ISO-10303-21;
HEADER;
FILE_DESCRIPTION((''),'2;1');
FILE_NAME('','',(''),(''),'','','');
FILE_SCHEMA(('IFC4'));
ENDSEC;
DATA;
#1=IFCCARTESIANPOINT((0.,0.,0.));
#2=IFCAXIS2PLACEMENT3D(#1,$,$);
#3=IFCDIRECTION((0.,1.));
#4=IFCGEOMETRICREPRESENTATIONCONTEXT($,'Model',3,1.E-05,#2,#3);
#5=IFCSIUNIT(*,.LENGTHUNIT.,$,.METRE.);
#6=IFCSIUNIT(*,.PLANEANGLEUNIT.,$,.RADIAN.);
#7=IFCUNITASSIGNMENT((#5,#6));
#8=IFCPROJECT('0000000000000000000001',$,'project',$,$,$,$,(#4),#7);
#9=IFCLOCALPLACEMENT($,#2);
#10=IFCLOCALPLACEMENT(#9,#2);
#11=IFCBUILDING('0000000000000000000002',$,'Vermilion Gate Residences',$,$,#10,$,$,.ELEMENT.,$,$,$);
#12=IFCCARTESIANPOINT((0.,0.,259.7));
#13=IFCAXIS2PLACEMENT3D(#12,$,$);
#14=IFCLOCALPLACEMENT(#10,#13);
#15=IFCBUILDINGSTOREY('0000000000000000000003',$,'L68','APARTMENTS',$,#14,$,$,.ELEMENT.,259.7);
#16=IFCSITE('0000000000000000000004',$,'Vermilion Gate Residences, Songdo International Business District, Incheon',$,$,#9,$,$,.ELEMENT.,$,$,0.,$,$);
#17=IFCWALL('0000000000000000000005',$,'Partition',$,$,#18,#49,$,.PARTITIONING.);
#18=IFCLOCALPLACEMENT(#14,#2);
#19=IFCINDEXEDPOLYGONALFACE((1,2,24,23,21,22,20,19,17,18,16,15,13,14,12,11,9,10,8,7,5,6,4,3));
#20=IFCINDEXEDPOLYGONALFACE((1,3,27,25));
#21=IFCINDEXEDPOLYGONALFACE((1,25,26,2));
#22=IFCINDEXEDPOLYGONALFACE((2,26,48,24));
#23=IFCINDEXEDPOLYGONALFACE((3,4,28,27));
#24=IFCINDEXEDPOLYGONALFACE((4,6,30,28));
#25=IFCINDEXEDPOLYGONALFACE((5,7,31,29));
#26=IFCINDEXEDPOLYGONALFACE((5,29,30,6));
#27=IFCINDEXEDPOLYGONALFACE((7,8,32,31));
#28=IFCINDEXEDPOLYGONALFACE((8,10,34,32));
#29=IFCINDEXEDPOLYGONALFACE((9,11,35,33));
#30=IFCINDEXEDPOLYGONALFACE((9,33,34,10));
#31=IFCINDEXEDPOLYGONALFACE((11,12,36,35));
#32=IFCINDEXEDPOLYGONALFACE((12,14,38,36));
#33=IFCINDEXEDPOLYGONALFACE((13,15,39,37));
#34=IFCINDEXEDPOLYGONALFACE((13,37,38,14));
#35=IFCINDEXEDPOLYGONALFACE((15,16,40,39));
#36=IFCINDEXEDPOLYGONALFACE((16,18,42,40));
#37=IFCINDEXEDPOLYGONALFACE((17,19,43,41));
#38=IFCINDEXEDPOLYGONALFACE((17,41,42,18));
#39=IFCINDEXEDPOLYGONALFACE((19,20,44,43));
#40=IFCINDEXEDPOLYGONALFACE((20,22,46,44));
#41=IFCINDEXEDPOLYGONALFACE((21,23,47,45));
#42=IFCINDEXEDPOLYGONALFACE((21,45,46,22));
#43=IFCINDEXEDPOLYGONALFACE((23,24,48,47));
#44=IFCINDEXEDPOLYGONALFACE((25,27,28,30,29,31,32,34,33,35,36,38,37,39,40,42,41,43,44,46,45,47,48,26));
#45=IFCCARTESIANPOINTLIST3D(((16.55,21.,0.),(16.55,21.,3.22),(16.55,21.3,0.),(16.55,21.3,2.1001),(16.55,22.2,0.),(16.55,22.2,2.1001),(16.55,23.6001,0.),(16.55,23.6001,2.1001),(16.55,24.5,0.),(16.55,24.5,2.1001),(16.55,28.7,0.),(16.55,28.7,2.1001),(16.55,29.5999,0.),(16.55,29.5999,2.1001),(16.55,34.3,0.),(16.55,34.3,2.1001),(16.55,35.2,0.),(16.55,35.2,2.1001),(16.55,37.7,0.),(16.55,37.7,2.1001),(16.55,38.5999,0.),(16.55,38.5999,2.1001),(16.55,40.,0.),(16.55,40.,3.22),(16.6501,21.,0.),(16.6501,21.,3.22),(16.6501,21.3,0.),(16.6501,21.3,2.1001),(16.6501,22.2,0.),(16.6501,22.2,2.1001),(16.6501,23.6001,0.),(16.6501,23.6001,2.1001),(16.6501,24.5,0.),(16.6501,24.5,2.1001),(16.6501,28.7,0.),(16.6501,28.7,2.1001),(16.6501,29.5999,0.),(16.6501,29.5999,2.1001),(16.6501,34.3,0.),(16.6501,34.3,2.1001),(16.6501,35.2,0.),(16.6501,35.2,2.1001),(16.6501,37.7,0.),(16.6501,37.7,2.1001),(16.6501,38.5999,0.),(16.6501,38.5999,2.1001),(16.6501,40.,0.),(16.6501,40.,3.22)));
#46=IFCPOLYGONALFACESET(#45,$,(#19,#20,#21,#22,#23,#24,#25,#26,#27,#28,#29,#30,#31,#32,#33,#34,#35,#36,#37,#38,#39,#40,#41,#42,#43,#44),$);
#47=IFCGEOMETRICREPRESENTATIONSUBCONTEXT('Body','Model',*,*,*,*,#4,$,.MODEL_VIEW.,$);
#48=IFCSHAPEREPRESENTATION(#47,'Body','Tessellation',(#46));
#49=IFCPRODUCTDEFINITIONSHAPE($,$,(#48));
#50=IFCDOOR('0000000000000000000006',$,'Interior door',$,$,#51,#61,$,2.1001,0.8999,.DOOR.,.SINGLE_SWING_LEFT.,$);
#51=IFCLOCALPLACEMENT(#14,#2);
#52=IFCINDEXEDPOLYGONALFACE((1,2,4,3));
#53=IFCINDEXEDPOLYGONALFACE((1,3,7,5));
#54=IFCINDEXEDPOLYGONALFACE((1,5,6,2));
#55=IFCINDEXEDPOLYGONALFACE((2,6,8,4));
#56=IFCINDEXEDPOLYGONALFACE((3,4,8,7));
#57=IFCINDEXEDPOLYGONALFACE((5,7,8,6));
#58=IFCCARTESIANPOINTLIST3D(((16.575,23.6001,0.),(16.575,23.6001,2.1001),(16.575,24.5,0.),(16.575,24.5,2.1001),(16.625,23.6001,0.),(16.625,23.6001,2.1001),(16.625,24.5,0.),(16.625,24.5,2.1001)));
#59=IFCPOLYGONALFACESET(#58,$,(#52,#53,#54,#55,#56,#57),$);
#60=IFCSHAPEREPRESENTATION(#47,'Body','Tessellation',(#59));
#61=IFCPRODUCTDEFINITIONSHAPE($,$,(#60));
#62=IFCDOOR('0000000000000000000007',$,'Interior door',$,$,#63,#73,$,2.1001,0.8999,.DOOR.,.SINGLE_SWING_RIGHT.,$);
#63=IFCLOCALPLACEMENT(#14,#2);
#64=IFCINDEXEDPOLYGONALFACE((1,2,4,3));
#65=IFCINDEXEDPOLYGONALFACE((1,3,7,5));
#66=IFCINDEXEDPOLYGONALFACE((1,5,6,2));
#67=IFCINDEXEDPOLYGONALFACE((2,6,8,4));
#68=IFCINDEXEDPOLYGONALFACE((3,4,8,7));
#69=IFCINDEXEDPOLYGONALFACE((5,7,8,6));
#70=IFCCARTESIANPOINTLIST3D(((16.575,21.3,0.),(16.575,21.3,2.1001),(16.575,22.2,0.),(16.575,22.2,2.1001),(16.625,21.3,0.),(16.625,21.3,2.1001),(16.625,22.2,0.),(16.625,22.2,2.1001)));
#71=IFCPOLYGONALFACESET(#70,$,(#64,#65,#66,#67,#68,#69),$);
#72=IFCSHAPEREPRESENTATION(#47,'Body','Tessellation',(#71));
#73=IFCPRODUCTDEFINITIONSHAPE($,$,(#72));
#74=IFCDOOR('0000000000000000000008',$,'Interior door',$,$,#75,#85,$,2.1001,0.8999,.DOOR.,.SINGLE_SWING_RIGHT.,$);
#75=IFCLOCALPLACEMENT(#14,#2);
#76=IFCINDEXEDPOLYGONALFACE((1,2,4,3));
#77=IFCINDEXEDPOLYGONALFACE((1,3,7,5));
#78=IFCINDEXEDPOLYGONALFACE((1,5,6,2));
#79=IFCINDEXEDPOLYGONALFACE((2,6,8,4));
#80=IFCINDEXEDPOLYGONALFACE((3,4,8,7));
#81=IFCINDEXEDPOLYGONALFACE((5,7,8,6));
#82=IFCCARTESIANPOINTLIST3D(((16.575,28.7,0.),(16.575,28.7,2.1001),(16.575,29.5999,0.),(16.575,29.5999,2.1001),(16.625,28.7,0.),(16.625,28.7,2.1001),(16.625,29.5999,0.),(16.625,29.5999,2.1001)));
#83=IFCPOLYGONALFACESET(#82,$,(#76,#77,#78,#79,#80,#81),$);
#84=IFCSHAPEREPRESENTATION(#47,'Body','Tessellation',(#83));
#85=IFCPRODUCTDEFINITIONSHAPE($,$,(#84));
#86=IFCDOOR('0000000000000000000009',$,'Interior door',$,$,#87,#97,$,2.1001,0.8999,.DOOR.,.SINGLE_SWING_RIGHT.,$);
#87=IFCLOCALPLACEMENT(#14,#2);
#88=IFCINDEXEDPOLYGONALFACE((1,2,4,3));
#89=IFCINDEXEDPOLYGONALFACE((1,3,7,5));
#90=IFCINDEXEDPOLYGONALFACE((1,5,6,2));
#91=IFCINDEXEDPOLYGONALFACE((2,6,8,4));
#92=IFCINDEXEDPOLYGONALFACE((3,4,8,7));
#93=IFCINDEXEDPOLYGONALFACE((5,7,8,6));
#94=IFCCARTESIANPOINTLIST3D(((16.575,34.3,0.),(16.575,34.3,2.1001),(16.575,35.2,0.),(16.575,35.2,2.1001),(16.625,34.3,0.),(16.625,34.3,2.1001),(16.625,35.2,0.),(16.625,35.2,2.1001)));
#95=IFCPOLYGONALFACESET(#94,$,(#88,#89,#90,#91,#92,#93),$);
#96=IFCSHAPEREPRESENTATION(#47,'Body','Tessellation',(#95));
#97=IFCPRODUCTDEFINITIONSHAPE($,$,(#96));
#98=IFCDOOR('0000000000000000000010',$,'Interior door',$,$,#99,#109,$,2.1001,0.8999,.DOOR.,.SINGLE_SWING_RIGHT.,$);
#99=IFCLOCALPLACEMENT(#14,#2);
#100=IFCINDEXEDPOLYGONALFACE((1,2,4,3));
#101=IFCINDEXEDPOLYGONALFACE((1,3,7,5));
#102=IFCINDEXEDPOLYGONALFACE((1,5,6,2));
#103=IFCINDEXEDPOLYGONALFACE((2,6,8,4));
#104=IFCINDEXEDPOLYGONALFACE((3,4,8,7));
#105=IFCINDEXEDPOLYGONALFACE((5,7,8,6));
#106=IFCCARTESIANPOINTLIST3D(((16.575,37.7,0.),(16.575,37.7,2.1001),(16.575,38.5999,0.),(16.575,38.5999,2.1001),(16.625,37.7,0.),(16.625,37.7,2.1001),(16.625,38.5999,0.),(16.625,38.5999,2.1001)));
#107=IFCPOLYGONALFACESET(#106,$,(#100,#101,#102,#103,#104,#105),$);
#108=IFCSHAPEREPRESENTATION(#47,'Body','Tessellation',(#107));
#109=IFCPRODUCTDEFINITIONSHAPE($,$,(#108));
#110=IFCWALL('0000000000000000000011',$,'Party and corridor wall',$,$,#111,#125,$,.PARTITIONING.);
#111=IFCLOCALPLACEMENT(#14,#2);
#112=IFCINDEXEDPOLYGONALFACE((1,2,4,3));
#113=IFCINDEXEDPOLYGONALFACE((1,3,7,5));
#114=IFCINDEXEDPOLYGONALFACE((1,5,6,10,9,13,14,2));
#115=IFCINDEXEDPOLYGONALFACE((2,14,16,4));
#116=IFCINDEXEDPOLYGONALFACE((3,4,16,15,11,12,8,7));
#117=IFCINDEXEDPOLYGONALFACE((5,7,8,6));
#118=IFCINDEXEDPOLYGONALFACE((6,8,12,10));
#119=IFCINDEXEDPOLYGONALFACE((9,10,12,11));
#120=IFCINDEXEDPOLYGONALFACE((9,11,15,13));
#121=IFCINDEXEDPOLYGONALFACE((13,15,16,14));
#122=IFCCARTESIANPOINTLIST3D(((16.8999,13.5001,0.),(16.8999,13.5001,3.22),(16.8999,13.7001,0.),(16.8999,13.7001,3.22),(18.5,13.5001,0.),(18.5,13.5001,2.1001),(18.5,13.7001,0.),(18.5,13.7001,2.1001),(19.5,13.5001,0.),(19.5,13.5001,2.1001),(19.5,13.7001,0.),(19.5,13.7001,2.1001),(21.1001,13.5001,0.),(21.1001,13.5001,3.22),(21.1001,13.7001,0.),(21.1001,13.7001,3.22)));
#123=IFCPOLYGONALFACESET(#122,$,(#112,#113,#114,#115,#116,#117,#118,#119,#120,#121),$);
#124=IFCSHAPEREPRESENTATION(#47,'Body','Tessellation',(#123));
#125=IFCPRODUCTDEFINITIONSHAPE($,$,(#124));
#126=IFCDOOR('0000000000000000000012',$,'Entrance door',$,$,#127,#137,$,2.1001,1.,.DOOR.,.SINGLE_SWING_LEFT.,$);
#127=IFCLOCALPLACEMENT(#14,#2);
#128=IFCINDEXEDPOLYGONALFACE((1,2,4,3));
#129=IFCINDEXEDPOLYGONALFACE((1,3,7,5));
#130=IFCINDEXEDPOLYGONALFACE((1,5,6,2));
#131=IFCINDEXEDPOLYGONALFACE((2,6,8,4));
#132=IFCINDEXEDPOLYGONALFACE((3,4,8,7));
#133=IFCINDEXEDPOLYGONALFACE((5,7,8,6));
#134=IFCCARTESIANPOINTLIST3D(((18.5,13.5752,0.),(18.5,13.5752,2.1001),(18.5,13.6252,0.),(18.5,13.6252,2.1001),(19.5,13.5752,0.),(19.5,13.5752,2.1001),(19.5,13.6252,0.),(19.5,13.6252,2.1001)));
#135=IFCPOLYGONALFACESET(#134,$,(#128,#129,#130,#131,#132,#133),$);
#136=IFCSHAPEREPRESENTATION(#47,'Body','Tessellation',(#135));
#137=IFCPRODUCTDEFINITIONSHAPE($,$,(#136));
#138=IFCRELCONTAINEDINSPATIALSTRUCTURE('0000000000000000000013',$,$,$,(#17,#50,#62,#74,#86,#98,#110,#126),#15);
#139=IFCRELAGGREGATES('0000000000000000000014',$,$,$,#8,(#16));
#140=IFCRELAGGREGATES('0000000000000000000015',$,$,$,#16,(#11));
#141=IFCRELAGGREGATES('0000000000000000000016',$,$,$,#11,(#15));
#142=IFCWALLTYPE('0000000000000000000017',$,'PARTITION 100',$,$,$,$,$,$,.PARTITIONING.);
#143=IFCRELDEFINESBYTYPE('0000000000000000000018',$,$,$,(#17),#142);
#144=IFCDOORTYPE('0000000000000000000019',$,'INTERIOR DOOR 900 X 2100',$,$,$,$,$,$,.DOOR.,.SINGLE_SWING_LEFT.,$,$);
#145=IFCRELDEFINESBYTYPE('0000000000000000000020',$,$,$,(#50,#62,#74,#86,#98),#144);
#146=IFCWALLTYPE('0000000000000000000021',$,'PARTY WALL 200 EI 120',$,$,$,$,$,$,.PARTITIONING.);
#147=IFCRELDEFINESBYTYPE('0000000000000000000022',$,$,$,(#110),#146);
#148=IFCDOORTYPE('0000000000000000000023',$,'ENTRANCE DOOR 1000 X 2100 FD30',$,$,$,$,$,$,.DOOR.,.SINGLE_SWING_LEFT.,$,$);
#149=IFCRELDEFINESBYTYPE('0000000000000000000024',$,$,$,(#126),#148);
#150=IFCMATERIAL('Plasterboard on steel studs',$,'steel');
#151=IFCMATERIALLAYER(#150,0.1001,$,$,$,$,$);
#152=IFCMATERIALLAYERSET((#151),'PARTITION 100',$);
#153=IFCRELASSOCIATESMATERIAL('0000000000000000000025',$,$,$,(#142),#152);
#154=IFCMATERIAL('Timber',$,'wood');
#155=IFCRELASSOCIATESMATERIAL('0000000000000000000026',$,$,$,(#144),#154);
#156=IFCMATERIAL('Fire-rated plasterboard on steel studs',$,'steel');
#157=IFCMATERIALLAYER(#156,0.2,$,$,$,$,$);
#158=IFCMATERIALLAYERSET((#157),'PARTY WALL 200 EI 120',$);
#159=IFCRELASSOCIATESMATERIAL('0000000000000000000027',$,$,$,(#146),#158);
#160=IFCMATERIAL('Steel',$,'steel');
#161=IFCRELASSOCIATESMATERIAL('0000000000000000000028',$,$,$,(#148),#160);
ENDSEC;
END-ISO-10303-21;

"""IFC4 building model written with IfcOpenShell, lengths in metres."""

from ifc_helpers import new_model, si_unit, direction, frame, frame_2d, origin, place, context, subcontext, project, spatial, rectangle, extrude, material, layer, layer_set, type_object, element, fill, save


model = new_model("IFC4")

# Units and contexts
model_context = context("Model", 3, precision=1e-05, world=origin(), true_north=direction((0.0, 1.0)))
body_context = subcontext(model_context, "Body", "Model", "MODEL_VIEW")
ifc_project = project(units=[si_unit("LENGTHUNIT", "METRE"), si_unit("PLANEANGLEUNIT", "RADIAN")], contexts=[model_context])

# Site, building, storey
site_placement = place(None, origin())
site = spatial("IfcSite", under=ifc_project, at=site_placement, Name="Vermilion Gate Residences, Songdo International Business District, Incheon", CompositionType="ELEMENT", RefElevation=0.0)
building_placement = place(site_placement, origin())
building = spatial("IfcBuilding", under=site, at=building_placement, Name="Vermilion Gate Residences", CompositionType="ELEMENT")
storey_placement = place(building_placement, frame((0.0, 0.0, 259.7)))
storey = spatial("IfcBuildingStorey", under=building, at=storey_placement, Name="L68", Description="APARTMENTS", CompositionType="ELEMENT", Elevation=259.7)

# Wall, openings, doors
ifc_material_1 = material(Name="Plasterboard on steel studs", Category="steel")
ifc_layer_1 = layer(ifc_material_1, 0.1001)
ifc_layer_set_1 = layer_set([ifc_layer_1], Name="PARTITION 100")
wall_type_1 = type_object("IfcWallType", Name="PARTITION 100", PredefinedType="PARTITIONING", material=ifc_layer_set_1)
ifc_material_2 = material(Name="Timber", Category="wood")
door_type_1 = type_object("IfcDoorType", Name="INTERIOR DOOR 900 X 2100", OperationType="SINGLE_SWING_LEFT", PredefinedType="DOOR", material=ifc_material_2)
wall_1_placement = place(storey_placement, frame((16.6001, 21.0, 0.0), z_axis=(0.0, 0.0, 1.0), x_axis=(0.0, 1.0, 0.0)))
wall_1 = element("IfcWall", 1, at=wall_1_placement, inside=storey, type_object=wall_type_1, Name="Partition", PredefinedType="PARTITIONING", context=body_context, shape_type="SweptSolid", body=[
    extrude(rectangle(XDim=19.0, YDim=0.1001, at=frame_2d((9.5, 0.0))), origin(), (0.0, 0.0, 1.0), 3.22),
])
opening_1_placement = place(wall_1_placement, frame((2.6001, 0.0, 0.0)))
opening_1 = element("IfcOpeningElement", 2, at=opening_1_placement, cuts=wall_1, PredefinedType="OPENING", context=body_context, shape_type="SweptSolid", body=[
    extrude(rectangle(XDim=0.8999, YDim=2.1001, at=frame_2d((0.45, 1.05))), frame((0.0, 0.0601, 0.0), z_axis=(0.0, -1.0, 0.0), x_axis=(1.0, 0.0, 0.0)), (0.0, 0.0, 1.0), 0.1201),
])
opening_2_placement = place(wall_1_placement, frame((0.3, 0.0, 0.0)))
opening_2 = element("IfcOpeningElement", 3, at=opening_2_placement, cuts=wall_1, PredefinedType="OPENING", context=body_context, shape_type="SweptSolid", body=[
    extrude(rectangle(XDim=0.8999, YDim=2.1001, at=frame_2d((0.45, 1.05))), frame((0.0, 0.0601, 0.0), z_axis=(0.0, -1.0, 0.0), x_axis=(1.0, 0.0, 0.0)), (0.0, 0.0, 1.0), 0.1201),
])
opening_3_placement = place(wall_1_placement, frame((7.7, 0.0, 0.0)))
opening_3 = element("IfcOpeningElement", 4, at=opening_3_placement, cuts=wall_1, PredefinedType="OPENING", context=body_context, shape_type="SweptSolid", body=[
    extrude(rectangle(XDim=0.8999, YDim=2.1001, at=frame_2d((0.45, 1.05))), frame((0.0, 0.0601, 0.0), z_axis=(0.0, -1.0, 0.0), x_axis=(1.0, 0.0, 0.0)), (0.0, 0.0, 1.0), 0.1201),
])
opening_4_placement = place(wall_1_placement, frame((13.3, 0.0, 0.0)))
opening_4 = element("IfcOpeningElement", 5, at=opening_4_placement, cuts=wall_1, PredefinedType="OPENING", context=body_context, shape_type="SweptSolid", body=[
    extrude(rectangle(XDim=0.8999, YDim=2.1001, at=frame_2d((0.45, 1.05))), frame((0.0, 0.0601, 0.0), z_axis=(0.0, -1.0, 0.0), x_axis=(1.0, 0.0, 0.0)), (0.0, 0.0, 1.0), 0.1201),
])
opening_5_placement = place(wall_1_placement, frame((16.7, 0.0, 0.0)))
opening_5 = element("IfcOpeningElement", 6, at=opening_5_placement, cuts=wall_1, PredefinedType="OPENING", context=body_context, shape_type="SweptSolid", body=[
    extrude(rectangle(XDim=0.8999, YDim=2.1001, at=frame_2d((0.45, 1.05))), frame((0.0, 0.0601, 0.0), z_axis=(0.0, -1.0, 0.0), x_axis=(1.0, 0.0, 0.0)), (0.0, 0.0, 1.0), 0.1201),
])
door_1_placement = place(opening_1_placement, frame((0.8999, 0.0, 0.0), z_axis=(0.0, 0.0, 1.0), x_axis=(-1.0, 0.0, 0.0)))
door_1 = element("IfcDoor", 7, at=door_1_placement, inside=storey, type_object=door_type_1, Name="Interior door", OperationType="SINGLE_SWING_LEFT", OverallHeight=2.1001, OverallWidth=0.8999, PredefinedType="DOOR", context=body_context, shape_type="SweptSolid", body=[
    extrude(rectangle(XDim=0.8999, YDim=2.1001, at=frame_2d((0.45, 1.05))), frame((0.0, 0.0249, 0.0), z_axis=(0.0, -1.0, 0.0), x_axis=(1.0, 0.0, 0.0)), (0.0, 0.0, 1.0), 0.05),
])
fill(opening_1, door_1)
door_2_placement = place(opening_2_placement, frame((0.8999, 0.0, 0.0), z_axis=(0.0, 0.0, 1.0), x_axis=(-1.0, 0.0, 0.0)))
door_2 = element("IfcDoor", 8, at=door_2_placement, inside=storey, type_object=door_type_1, Name="Interior door", OperationType="SINGLE_SWING_RIGHT", OverallHeight=2.1001, OverallWidth=0.8999, PredefinedType="DOOR", context=body_context, shape_type="SweptSolid", body=[
    extrude(rectangle(XDim=0.8999, YDim=2.1001, at=frame_2d((0.45, 1.05))), frame((0.0, 0.0249, 0.0), z_axis=(0.0, -1.0, 0.0), x_axis=(1.0, 0.0, 0.0)), (0.0, 0.0, 1.0), 0.05),
])
fill(opening_2, door_2)
door_3_placement = place(opening_3_placement, frame((0.8999, 0.0, 0.0), z_axis=(0.0, 0.0, 1.0), x_axis=(-1.0, 0.0, 0.0)))
door_3 = element("IfcDoor", 9, at=door_3_placement, inside=storey, type_object=door_type_1, Name="Interior door", OperationType="SINGLE_SWING_RIGHT", OverallHeight=2.1001, OverallWidth=0.8999, PredefinedType="DOOR", context=body_context, shape_type="SweptSolid", body=[
    extrude(rectangle(XDim=0.8999, YDim=2.1001, at=frame_2d((0.45, 1.05))), frame((0.0, 0.0249, 0.0), z_axis=(0.0, -1.0, 0.0), x_axis=(1.0, 0.0, 0.0)), (0.0, 0.0, 1.0), 0.05),
])
fill(opening_3, door_3)
door_4_placement = place(opening_4_placement, frame((0.8999, 0.0, 0.0), z_axis=(0.0, 0.0, 1.0), x_axis=(-1.0, 0.0, 0.0)))
door_4 = element("IfcDoor", 10, at=door_4_placement, inside=storey, type_object=door_type_1, Name="Interior door", OperationType="SINGLE_SWING_RIGHT", OverallHeight=2.1001, OverallWidth=0.8999, PredefinedType="DOOR", context=body_context, shape_type="SweptSolid", body=[
    extrude(rectangle(XDim=0.8999, YDim=2.1001, at=frame_2d((0.45, 1.05))), frame((0.0, 0.0249, 0.0), z_axis=(0.0, -1.0, 0.0), x_axis=(1.0, 0.0, 0.0)), (0.0, 0.0, 1.0), 0.05),
])
fill(opening_4, door_4)
door_5_placement = place(opening_5_placement, frame((0.8999, 0.0, 0.0), z_axis=(0.0, 0.0, 1.0), x_axis=(-1.0, 0.0, 0.0)))
door_5 = element("IfcDoor", 11, at=door_5_placement, inside=storey, type_object=door_type_1, Name="Interior door", OperationType="SINGLE_SWING_RIGHT", OverallHeight=2.1001, OverallWidth=0.8999, PredefinedType="DOOR", context=body_context, shape_type="SweptSolid", body=[
    extrude(rectangle(XDim=0.8999, YDim=2.1001, at=frame_2d((0.45, 1.05))), frame((0.0, 0.0249, 0.0), z_axis=(0.0, -1.0, 0.0), x_axis=(1.0, 0.0, 0.0)), (0.0, 0.0, 1.0), 0.05),
])
fill(opening_5, door_5)

# Wall, opening, door
ifc_material_3 = material(Name="Fire-rated plasterboard on steel studs", Category="steel")
ifc_layer_2 = layer(ifc_material_3, 0.2)
ifc_layer_set_2 = layer_set([ifc_layer_2], Name="PARTY WALL 200 EI 120")
wall_type_2 = type_object("IfcWallType", Name="PARTY WALL 200 EI 120", PredefinedType="PARTITIONING", material=ifc_layer_set_2)
wall_2_placement = place(storey_placement, frame((16.8999, 13.6001, 0.0), z_axis=(0.0, 0.0, 1.0), x_axis=(1.0, 0.0, 0.0)))
wall_2 = element("IfcWall", 12, at=wall_2_placement, inside=storey, type_object=wall_type_2, Name="Party and corridor wall", PredefinedType="PARTITIONING", context=body_context, shape_type="SweptSolid", body=[
    extrude(rectangle(XDim=4.2002, YDim=0.2, at=frame_2d((2.1001, 0.0))), origin(), (0.0, 0.0, 1.0), 3.22),
])
opening_6_placement = place(wall_2_placement, frame((1.6001, 0.0, 0.0)))
opening_6 = element("IfcOpeningElement", 13, at=opening_6_placement, cuts=wall_2, PredefinedType="OPENING", context=body_context, shape_type="SweptSolid", body=[
    extrude(rectangle(XDim=1.0, YDim=2.1001, at=frame_2d((0.5, 1.05))), frame((0.0, 0.1099, 0.0), z_axis=(0.0, -1.0, 0.0), x_axis=(1.0, 0.0, 0.0)), (0.0, 0.0, 1.0), 0.22),
])
ifc_material_4 = material(Name="Steel", Category="steel")
door_type_2 = type_object("IfcDoorType", Name="ENTRANCE DOOR 1000 X 2100 FD30", OperationType="SINGLE_SWING_LEFT", PredefinedType="DOOR", material=ifc_material_4)
door_6_placement = place(opening_6_placement, frame((1.0, 0.0, 0.0), z_axis=(0.0, 0.0, 1.0), x_axis=(-1.0, 0.0, 0.0)))
door_6 = element("IfcDoor", 14, at=door_6_placement, inside=storey, type_object=door_type_2, Name="Entrance door", OperationType="SINGLE_SWING_LEFT", OverallHeight=2.1001, OverallWidth=1.0, PredefinedType="DOOR", context=body_context, shape_type="SweptSolid", body=[
    extrude(rectangle(XDim=1.0, YDim=2.1001, at=frame_2d((0.5, 1.05))), frame((0.0, 0.0249, 0.0), z_axis=(0.0, -1.0, 0.0), x_axis=(1.0, 0.0, 0.0)), (0.0, 0.0, 1.0), 0.05),
])
fill(opening_6, door_6)

save(model, "model.ifc")
